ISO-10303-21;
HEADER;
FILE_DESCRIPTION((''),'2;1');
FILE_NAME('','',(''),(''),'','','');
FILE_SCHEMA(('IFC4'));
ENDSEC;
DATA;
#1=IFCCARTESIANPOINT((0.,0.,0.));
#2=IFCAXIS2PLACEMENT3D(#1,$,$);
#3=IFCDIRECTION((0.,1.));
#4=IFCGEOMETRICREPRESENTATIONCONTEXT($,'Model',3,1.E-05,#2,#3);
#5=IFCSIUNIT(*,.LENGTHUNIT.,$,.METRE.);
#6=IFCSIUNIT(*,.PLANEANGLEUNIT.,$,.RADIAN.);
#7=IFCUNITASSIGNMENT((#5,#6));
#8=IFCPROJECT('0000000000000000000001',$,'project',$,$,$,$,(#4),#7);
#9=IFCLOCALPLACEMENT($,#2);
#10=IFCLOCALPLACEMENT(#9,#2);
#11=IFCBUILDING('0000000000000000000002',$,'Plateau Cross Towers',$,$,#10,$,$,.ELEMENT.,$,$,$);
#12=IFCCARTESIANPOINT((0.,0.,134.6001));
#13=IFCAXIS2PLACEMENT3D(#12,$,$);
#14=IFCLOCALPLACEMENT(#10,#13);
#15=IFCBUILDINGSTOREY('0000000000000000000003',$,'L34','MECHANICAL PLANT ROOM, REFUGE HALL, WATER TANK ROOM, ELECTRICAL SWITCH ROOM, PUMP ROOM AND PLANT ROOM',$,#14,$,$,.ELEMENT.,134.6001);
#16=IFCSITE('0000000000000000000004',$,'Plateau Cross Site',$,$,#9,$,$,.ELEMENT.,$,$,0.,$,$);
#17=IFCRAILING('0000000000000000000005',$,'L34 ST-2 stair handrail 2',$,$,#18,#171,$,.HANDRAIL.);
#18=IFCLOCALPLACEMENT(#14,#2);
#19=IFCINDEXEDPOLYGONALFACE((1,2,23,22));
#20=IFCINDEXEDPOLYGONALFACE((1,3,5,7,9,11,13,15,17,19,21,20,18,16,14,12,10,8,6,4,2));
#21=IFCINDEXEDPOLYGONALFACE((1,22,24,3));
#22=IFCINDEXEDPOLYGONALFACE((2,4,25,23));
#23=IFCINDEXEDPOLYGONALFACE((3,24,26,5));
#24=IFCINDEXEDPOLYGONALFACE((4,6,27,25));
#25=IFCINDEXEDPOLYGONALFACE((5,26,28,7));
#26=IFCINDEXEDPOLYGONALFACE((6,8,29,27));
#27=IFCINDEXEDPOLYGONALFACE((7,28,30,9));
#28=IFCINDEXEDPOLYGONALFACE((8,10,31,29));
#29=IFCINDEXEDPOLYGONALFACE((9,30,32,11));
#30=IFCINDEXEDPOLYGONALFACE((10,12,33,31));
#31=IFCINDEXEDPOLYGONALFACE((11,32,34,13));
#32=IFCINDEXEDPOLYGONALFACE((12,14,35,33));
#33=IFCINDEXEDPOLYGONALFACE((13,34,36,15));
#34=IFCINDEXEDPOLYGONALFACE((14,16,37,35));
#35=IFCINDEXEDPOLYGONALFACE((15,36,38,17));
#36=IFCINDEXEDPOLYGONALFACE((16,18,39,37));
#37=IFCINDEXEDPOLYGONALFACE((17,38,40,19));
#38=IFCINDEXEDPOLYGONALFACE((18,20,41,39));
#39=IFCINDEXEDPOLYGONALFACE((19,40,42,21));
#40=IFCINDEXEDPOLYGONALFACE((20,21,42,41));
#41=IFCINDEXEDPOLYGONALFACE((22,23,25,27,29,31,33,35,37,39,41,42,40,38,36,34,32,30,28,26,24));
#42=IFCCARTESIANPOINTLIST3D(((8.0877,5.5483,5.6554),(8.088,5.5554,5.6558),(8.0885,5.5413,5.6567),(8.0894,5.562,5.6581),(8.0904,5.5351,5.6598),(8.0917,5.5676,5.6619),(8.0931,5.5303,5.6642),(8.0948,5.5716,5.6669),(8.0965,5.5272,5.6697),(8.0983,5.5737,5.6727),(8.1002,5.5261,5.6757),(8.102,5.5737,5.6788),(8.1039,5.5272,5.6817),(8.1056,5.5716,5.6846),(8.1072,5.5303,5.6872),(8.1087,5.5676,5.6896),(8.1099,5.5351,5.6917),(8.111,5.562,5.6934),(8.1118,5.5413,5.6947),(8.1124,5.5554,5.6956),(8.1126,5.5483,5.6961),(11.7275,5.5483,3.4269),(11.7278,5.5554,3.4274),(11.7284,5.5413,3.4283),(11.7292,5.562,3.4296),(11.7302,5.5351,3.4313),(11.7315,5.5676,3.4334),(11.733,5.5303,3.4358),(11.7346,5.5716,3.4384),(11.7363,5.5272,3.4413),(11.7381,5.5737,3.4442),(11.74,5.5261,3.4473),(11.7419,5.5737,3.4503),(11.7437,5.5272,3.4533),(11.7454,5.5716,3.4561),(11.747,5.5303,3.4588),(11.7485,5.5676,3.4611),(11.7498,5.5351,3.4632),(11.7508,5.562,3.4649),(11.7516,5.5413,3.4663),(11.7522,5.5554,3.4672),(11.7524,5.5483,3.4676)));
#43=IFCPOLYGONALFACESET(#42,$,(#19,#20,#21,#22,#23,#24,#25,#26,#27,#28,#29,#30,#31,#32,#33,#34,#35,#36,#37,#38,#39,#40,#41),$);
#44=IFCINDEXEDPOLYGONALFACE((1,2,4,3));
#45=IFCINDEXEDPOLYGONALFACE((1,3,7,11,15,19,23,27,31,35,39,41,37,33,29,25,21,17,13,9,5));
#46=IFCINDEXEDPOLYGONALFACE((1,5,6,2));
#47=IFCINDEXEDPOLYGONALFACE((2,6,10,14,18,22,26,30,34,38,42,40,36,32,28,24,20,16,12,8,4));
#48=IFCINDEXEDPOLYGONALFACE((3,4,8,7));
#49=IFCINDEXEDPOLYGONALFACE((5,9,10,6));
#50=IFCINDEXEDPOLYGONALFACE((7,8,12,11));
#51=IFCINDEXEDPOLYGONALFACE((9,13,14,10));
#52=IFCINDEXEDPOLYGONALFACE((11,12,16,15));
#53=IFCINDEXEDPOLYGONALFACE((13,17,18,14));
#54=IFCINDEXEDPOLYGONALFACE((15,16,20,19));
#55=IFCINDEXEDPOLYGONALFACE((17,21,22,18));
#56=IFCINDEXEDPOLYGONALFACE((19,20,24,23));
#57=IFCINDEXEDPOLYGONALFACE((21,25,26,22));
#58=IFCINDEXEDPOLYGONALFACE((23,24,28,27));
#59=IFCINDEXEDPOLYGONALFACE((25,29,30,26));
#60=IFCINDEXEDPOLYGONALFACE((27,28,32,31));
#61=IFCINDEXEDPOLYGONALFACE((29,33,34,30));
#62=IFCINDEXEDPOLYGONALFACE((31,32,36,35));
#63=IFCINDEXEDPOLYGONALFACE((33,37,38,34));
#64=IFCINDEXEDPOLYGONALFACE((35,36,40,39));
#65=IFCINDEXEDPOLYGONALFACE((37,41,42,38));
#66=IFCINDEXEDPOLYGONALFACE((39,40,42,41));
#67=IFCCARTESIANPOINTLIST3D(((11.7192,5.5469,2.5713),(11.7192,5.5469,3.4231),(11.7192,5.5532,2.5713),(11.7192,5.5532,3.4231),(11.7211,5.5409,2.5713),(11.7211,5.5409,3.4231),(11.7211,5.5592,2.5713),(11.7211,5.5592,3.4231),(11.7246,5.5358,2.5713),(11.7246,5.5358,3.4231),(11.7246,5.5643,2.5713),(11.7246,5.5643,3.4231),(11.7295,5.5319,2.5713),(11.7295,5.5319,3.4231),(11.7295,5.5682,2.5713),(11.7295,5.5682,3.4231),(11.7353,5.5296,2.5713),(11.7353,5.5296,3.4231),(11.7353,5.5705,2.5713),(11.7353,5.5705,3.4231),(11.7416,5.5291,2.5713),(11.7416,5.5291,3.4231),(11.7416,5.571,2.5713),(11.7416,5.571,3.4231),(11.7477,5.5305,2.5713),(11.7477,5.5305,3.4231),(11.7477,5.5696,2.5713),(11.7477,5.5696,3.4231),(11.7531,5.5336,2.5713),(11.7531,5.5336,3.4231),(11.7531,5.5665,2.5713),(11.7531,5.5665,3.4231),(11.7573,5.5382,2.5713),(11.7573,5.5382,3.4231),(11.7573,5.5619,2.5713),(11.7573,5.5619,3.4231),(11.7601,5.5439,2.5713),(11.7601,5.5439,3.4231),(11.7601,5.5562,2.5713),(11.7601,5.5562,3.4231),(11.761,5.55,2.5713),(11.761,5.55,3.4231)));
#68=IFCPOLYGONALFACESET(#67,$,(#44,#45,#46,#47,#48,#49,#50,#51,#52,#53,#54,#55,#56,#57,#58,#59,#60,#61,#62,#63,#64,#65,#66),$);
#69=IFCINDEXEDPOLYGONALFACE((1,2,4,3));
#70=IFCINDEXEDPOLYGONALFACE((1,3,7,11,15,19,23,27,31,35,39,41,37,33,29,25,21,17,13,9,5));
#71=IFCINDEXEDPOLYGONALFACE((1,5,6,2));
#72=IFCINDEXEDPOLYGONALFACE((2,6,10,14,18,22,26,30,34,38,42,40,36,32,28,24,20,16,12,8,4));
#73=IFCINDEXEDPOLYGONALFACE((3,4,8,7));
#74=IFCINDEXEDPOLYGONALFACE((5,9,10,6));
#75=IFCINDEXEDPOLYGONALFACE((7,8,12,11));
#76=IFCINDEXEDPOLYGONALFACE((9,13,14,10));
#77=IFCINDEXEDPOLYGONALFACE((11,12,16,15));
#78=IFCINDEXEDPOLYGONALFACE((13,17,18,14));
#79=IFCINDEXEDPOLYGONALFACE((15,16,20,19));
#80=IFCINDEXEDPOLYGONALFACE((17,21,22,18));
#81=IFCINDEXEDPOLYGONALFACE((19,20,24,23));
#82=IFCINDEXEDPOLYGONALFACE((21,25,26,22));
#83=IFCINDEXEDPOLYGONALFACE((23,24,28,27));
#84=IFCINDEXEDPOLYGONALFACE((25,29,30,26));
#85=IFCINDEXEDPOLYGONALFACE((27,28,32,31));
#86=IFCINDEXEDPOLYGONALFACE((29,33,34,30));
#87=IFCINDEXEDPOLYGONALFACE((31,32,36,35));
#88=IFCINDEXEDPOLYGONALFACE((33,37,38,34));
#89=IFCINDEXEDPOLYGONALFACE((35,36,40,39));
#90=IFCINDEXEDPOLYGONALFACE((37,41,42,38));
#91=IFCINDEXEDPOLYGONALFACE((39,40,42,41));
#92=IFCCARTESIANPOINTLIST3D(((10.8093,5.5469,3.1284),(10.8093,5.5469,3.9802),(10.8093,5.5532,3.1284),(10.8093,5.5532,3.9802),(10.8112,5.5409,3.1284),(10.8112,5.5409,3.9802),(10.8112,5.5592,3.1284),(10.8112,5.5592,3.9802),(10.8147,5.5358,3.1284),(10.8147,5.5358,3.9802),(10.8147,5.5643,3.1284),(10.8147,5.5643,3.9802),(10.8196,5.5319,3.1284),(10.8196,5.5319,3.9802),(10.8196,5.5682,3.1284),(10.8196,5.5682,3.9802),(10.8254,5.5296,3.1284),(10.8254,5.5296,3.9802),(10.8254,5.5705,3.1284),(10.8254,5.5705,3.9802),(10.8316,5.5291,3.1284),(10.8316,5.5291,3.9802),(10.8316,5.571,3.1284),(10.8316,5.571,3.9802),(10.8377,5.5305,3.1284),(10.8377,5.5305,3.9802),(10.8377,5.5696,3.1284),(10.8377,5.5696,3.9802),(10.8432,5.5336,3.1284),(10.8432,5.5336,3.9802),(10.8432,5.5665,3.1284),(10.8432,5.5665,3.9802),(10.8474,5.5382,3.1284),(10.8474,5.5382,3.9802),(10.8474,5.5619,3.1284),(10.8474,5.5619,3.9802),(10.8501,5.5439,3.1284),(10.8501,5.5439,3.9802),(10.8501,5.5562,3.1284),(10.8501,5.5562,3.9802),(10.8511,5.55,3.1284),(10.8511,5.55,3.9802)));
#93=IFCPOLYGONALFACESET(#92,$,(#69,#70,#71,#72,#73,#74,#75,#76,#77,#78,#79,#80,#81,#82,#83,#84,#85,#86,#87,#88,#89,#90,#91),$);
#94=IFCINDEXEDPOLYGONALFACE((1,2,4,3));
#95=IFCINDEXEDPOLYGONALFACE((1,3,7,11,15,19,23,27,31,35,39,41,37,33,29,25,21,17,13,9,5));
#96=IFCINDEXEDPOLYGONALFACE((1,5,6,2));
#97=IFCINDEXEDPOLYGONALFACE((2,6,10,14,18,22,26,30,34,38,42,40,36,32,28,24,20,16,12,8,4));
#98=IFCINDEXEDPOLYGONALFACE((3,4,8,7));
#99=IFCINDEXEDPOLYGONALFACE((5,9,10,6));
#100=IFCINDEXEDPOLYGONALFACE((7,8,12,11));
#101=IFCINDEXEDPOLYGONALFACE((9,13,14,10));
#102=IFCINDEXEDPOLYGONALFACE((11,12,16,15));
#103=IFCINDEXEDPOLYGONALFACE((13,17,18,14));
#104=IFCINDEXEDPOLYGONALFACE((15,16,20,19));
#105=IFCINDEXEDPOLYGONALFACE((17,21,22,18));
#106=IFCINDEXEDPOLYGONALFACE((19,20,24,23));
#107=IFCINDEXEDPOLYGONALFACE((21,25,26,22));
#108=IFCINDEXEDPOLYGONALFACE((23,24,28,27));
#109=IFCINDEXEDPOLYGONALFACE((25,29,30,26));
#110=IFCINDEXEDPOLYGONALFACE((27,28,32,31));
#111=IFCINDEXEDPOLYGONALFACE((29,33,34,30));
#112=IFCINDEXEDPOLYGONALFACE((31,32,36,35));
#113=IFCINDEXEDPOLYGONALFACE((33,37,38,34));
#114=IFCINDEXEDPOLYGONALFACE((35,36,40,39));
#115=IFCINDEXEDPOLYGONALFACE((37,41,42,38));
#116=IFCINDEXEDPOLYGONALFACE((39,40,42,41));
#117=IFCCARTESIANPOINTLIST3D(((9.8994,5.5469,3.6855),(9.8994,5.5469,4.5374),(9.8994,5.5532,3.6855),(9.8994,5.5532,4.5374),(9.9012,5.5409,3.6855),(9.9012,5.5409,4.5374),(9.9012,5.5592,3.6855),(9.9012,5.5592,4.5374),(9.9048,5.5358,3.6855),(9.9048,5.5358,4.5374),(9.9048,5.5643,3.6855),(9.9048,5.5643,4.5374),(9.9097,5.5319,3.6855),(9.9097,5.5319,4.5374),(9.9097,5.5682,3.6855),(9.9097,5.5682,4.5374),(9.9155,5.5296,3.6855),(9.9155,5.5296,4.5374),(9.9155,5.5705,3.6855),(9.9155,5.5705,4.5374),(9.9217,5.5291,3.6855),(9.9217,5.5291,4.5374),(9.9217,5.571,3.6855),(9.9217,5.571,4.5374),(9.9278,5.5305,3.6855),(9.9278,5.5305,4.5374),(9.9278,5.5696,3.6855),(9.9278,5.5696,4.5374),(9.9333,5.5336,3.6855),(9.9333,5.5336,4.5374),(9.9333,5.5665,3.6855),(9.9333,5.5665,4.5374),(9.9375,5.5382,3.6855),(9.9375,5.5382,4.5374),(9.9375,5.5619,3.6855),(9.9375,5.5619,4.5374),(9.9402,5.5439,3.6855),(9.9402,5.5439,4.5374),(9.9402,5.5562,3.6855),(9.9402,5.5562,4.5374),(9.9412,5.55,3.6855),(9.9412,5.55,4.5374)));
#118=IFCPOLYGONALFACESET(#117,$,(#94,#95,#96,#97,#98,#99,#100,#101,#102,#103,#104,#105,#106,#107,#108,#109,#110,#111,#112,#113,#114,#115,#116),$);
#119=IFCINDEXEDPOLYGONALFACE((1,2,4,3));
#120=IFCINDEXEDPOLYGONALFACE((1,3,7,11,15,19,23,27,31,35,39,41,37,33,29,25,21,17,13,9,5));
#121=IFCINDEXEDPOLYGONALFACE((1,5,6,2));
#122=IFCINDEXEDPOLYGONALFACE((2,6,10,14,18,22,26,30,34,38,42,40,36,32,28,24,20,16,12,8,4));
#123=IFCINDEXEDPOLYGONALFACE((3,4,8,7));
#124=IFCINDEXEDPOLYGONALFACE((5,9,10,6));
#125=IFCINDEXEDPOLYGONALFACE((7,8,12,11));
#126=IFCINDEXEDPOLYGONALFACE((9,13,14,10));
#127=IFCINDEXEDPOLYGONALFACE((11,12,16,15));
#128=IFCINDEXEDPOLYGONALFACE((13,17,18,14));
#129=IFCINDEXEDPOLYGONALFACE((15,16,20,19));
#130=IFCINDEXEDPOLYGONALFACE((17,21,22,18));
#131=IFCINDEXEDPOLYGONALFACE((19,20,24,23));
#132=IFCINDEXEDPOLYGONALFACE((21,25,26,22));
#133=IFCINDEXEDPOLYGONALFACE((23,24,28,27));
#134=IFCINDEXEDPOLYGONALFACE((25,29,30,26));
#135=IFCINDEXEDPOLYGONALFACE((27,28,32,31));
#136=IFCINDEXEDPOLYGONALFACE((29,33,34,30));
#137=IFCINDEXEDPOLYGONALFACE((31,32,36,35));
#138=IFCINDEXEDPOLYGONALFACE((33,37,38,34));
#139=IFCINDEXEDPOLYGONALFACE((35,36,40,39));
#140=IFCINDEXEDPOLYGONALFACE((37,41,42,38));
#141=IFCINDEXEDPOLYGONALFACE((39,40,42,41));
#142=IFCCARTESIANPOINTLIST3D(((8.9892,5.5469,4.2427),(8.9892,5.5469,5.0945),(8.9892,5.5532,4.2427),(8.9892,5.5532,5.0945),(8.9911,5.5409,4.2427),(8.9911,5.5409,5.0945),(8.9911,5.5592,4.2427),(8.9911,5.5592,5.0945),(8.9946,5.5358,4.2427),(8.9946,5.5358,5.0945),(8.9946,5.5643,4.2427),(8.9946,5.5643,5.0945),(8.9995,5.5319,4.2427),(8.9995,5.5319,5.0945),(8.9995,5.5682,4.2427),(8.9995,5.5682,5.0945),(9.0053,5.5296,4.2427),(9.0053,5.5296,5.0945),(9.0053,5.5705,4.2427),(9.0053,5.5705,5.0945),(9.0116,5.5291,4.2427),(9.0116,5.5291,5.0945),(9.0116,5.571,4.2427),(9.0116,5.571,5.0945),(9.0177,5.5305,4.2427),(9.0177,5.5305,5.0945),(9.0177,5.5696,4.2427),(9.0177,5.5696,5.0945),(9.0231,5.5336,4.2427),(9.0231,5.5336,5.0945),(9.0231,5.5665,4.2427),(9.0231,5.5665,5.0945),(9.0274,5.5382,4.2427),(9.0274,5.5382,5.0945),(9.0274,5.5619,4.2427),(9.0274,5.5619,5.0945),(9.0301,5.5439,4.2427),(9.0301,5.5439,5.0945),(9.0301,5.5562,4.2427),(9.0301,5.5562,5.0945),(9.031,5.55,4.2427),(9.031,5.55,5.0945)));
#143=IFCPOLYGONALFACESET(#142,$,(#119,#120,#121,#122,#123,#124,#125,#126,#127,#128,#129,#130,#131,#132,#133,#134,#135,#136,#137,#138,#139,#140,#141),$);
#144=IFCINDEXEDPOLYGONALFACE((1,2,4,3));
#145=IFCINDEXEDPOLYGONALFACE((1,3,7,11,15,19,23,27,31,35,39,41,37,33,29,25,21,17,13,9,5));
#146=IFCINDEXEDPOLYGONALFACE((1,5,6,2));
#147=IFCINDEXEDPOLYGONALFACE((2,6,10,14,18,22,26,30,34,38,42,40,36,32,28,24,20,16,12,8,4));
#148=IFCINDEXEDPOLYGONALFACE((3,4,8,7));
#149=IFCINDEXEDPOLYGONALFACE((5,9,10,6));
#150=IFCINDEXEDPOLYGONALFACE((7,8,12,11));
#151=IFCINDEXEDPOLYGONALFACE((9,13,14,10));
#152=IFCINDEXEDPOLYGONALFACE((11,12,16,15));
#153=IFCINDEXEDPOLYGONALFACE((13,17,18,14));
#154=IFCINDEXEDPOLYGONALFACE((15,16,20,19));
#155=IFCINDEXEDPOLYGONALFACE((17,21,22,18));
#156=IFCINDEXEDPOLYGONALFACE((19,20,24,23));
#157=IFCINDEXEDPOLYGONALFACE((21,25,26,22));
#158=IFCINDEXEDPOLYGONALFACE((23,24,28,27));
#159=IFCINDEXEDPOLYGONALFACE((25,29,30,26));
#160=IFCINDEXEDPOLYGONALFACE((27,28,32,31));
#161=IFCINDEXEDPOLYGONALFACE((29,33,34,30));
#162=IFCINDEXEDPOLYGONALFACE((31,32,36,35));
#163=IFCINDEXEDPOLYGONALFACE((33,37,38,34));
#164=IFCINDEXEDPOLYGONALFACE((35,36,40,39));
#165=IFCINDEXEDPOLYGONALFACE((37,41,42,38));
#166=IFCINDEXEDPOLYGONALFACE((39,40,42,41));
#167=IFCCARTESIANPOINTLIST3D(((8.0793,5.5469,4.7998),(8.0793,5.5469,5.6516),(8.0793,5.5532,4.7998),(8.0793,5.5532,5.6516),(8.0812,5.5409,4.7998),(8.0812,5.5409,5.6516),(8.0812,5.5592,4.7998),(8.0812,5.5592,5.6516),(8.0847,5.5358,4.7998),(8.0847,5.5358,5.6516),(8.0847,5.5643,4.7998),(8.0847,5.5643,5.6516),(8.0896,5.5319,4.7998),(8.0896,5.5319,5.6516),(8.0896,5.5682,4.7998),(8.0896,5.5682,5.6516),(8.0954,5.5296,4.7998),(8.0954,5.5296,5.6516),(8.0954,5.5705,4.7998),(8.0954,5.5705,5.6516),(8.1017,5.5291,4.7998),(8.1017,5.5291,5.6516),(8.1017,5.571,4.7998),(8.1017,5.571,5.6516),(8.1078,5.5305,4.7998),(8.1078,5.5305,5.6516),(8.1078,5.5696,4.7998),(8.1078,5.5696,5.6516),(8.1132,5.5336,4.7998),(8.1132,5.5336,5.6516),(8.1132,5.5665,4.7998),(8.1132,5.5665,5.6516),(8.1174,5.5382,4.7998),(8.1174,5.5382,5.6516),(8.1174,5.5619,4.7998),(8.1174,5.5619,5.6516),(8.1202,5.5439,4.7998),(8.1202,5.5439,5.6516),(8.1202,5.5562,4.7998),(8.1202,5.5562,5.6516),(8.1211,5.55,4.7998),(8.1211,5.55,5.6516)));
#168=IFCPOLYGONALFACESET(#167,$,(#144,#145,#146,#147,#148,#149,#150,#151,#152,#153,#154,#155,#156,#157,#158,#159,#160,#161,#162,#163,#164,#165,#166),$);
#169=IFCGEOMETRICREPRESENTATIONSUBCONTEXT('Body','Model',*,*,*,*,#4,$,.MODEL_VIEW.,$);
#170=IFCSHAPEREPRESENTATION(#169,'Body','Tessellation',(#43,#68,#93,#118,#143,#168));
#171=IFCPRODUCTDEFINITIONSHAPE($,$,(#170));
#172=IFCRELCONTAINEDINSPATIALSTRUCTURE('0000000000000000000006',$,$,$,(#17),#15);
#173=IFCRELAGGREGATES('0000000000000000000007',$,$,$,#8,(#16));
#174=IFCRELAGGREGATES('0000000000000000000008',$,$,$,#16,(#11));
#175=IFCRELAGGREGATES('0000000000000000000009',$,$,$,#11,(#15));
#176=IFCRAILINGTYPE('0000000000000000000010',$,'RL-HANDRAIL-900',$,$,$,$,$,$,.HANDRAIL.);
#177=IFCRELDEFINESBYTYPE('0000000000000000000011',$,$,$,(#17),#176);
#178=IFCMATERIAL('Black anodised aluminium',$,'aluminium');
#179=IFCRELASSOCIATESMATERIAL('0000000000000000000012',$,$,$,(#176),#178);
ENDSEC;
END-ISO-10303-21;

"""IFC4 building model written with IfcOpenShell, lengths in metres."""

from ifc_helpers import new_model, si_unit, direction, frame, origin, origin_2d, place, context, subcontext, project, spatial, circle, extrude, material, type_object, element, save


model = new_model("IFC4")

# Units and contexts
model_context = context("Model", 3, precision=1e-05, world=origin(), true_north=direction((0.0, 1.0)))
body_context = subcontext(model_context, "Body", "Model", "MODEL_VIEW")
ifc_project = project(units=[si_unit("LENGTHUNIT", "METRE"), si_unit("PLANEANGLEUNIT", "RADIAN")], contexts=[model_context])

# Site, building, storey
site_placement = place(None, origin())
site = spatial("IfcSite", under=ifc_project, at=site_placement, Name="Plateau Cross Site", CompositionType="ELEMENT", RefElevation=0.0)
building_placement = place(site_placement, origin())
building = spatial("IfcBuilding", under=site, at=building_placement, Name="Plateau Cross Towers", CompositionType="ELEMENT")
storey_placement = place(building_placement, frame((0.0, 0.0, 134.6001)))
storey = spatial("IfcBuildingStorey", under=building, at=storey_placement, Name="L34", Description="MECHANICAL PLANT ROOM, REFUGE HALL, WATER TANK ROOM, ELECTRICAL SWITCH ROOM, PUMP ROOM AND PLANT ROOM", CompositionType="ELEMENT", Elevation=134.6001)

# Railing
ifc_material_1 = material(Name="Black anodised aluminium", Category="aluminium")
railing_type_1 = type_object("IfcRailingType", Name="RL-HANDRAIL-900", PredefinedType="HANDRAIL", material=ifc_material_1)
railing_1_placement = place(storey_placement, frame((11.74, 5.55, 2.5713)))
element("IfcRailing", 1, at=railing_1_placement, inside=storey, type_object=railing_type_1, Name="L34 ST-2 stair handrail 2", PredefinedType="HANDRAIL", context=body_context, shape_type="SweptSolid", body=[
    extrude(circle(Radius=0.0239, at=origin_2d()), frame((0.0, 0.0, 0.876), z_axis=(-0.85285, 0.0, 0.522156), x_axis=(0.0, -1.0, 0.0)), (0.0, 0.0, 1.0), 4.2678),
    extrude(circle(Radius=0.021, at=origin_2d()), origin(), (0.0, 0.0, 1.0), 0.8518),
    extrude(circle(Radius=0.021, at=origin_2d()), frame((-0.9099, 0.0, 0.5571)), (0.0, 0.0, 1.0), 0.8518),
    extrude(circle(Radius=0.021, at=origin_2d()), frame((-1.8198, 0.0, 1.1143)), (0.0, 0.0, 1.0), 0.8518),
    extrude(circle(Radius=0.021, at=origin_2d()), frame((-2.73, 0.0, 1.6714)), (0.0, 0.0, 1.0), 0.8518),
    extrude(circle(Radius=0.021, at=origin_2d()), frame((-3.6399, 0.0, 2.2285)), (0.0, 0.0, 1.0), 0.8518),
])

save(model, "model.ifc")
